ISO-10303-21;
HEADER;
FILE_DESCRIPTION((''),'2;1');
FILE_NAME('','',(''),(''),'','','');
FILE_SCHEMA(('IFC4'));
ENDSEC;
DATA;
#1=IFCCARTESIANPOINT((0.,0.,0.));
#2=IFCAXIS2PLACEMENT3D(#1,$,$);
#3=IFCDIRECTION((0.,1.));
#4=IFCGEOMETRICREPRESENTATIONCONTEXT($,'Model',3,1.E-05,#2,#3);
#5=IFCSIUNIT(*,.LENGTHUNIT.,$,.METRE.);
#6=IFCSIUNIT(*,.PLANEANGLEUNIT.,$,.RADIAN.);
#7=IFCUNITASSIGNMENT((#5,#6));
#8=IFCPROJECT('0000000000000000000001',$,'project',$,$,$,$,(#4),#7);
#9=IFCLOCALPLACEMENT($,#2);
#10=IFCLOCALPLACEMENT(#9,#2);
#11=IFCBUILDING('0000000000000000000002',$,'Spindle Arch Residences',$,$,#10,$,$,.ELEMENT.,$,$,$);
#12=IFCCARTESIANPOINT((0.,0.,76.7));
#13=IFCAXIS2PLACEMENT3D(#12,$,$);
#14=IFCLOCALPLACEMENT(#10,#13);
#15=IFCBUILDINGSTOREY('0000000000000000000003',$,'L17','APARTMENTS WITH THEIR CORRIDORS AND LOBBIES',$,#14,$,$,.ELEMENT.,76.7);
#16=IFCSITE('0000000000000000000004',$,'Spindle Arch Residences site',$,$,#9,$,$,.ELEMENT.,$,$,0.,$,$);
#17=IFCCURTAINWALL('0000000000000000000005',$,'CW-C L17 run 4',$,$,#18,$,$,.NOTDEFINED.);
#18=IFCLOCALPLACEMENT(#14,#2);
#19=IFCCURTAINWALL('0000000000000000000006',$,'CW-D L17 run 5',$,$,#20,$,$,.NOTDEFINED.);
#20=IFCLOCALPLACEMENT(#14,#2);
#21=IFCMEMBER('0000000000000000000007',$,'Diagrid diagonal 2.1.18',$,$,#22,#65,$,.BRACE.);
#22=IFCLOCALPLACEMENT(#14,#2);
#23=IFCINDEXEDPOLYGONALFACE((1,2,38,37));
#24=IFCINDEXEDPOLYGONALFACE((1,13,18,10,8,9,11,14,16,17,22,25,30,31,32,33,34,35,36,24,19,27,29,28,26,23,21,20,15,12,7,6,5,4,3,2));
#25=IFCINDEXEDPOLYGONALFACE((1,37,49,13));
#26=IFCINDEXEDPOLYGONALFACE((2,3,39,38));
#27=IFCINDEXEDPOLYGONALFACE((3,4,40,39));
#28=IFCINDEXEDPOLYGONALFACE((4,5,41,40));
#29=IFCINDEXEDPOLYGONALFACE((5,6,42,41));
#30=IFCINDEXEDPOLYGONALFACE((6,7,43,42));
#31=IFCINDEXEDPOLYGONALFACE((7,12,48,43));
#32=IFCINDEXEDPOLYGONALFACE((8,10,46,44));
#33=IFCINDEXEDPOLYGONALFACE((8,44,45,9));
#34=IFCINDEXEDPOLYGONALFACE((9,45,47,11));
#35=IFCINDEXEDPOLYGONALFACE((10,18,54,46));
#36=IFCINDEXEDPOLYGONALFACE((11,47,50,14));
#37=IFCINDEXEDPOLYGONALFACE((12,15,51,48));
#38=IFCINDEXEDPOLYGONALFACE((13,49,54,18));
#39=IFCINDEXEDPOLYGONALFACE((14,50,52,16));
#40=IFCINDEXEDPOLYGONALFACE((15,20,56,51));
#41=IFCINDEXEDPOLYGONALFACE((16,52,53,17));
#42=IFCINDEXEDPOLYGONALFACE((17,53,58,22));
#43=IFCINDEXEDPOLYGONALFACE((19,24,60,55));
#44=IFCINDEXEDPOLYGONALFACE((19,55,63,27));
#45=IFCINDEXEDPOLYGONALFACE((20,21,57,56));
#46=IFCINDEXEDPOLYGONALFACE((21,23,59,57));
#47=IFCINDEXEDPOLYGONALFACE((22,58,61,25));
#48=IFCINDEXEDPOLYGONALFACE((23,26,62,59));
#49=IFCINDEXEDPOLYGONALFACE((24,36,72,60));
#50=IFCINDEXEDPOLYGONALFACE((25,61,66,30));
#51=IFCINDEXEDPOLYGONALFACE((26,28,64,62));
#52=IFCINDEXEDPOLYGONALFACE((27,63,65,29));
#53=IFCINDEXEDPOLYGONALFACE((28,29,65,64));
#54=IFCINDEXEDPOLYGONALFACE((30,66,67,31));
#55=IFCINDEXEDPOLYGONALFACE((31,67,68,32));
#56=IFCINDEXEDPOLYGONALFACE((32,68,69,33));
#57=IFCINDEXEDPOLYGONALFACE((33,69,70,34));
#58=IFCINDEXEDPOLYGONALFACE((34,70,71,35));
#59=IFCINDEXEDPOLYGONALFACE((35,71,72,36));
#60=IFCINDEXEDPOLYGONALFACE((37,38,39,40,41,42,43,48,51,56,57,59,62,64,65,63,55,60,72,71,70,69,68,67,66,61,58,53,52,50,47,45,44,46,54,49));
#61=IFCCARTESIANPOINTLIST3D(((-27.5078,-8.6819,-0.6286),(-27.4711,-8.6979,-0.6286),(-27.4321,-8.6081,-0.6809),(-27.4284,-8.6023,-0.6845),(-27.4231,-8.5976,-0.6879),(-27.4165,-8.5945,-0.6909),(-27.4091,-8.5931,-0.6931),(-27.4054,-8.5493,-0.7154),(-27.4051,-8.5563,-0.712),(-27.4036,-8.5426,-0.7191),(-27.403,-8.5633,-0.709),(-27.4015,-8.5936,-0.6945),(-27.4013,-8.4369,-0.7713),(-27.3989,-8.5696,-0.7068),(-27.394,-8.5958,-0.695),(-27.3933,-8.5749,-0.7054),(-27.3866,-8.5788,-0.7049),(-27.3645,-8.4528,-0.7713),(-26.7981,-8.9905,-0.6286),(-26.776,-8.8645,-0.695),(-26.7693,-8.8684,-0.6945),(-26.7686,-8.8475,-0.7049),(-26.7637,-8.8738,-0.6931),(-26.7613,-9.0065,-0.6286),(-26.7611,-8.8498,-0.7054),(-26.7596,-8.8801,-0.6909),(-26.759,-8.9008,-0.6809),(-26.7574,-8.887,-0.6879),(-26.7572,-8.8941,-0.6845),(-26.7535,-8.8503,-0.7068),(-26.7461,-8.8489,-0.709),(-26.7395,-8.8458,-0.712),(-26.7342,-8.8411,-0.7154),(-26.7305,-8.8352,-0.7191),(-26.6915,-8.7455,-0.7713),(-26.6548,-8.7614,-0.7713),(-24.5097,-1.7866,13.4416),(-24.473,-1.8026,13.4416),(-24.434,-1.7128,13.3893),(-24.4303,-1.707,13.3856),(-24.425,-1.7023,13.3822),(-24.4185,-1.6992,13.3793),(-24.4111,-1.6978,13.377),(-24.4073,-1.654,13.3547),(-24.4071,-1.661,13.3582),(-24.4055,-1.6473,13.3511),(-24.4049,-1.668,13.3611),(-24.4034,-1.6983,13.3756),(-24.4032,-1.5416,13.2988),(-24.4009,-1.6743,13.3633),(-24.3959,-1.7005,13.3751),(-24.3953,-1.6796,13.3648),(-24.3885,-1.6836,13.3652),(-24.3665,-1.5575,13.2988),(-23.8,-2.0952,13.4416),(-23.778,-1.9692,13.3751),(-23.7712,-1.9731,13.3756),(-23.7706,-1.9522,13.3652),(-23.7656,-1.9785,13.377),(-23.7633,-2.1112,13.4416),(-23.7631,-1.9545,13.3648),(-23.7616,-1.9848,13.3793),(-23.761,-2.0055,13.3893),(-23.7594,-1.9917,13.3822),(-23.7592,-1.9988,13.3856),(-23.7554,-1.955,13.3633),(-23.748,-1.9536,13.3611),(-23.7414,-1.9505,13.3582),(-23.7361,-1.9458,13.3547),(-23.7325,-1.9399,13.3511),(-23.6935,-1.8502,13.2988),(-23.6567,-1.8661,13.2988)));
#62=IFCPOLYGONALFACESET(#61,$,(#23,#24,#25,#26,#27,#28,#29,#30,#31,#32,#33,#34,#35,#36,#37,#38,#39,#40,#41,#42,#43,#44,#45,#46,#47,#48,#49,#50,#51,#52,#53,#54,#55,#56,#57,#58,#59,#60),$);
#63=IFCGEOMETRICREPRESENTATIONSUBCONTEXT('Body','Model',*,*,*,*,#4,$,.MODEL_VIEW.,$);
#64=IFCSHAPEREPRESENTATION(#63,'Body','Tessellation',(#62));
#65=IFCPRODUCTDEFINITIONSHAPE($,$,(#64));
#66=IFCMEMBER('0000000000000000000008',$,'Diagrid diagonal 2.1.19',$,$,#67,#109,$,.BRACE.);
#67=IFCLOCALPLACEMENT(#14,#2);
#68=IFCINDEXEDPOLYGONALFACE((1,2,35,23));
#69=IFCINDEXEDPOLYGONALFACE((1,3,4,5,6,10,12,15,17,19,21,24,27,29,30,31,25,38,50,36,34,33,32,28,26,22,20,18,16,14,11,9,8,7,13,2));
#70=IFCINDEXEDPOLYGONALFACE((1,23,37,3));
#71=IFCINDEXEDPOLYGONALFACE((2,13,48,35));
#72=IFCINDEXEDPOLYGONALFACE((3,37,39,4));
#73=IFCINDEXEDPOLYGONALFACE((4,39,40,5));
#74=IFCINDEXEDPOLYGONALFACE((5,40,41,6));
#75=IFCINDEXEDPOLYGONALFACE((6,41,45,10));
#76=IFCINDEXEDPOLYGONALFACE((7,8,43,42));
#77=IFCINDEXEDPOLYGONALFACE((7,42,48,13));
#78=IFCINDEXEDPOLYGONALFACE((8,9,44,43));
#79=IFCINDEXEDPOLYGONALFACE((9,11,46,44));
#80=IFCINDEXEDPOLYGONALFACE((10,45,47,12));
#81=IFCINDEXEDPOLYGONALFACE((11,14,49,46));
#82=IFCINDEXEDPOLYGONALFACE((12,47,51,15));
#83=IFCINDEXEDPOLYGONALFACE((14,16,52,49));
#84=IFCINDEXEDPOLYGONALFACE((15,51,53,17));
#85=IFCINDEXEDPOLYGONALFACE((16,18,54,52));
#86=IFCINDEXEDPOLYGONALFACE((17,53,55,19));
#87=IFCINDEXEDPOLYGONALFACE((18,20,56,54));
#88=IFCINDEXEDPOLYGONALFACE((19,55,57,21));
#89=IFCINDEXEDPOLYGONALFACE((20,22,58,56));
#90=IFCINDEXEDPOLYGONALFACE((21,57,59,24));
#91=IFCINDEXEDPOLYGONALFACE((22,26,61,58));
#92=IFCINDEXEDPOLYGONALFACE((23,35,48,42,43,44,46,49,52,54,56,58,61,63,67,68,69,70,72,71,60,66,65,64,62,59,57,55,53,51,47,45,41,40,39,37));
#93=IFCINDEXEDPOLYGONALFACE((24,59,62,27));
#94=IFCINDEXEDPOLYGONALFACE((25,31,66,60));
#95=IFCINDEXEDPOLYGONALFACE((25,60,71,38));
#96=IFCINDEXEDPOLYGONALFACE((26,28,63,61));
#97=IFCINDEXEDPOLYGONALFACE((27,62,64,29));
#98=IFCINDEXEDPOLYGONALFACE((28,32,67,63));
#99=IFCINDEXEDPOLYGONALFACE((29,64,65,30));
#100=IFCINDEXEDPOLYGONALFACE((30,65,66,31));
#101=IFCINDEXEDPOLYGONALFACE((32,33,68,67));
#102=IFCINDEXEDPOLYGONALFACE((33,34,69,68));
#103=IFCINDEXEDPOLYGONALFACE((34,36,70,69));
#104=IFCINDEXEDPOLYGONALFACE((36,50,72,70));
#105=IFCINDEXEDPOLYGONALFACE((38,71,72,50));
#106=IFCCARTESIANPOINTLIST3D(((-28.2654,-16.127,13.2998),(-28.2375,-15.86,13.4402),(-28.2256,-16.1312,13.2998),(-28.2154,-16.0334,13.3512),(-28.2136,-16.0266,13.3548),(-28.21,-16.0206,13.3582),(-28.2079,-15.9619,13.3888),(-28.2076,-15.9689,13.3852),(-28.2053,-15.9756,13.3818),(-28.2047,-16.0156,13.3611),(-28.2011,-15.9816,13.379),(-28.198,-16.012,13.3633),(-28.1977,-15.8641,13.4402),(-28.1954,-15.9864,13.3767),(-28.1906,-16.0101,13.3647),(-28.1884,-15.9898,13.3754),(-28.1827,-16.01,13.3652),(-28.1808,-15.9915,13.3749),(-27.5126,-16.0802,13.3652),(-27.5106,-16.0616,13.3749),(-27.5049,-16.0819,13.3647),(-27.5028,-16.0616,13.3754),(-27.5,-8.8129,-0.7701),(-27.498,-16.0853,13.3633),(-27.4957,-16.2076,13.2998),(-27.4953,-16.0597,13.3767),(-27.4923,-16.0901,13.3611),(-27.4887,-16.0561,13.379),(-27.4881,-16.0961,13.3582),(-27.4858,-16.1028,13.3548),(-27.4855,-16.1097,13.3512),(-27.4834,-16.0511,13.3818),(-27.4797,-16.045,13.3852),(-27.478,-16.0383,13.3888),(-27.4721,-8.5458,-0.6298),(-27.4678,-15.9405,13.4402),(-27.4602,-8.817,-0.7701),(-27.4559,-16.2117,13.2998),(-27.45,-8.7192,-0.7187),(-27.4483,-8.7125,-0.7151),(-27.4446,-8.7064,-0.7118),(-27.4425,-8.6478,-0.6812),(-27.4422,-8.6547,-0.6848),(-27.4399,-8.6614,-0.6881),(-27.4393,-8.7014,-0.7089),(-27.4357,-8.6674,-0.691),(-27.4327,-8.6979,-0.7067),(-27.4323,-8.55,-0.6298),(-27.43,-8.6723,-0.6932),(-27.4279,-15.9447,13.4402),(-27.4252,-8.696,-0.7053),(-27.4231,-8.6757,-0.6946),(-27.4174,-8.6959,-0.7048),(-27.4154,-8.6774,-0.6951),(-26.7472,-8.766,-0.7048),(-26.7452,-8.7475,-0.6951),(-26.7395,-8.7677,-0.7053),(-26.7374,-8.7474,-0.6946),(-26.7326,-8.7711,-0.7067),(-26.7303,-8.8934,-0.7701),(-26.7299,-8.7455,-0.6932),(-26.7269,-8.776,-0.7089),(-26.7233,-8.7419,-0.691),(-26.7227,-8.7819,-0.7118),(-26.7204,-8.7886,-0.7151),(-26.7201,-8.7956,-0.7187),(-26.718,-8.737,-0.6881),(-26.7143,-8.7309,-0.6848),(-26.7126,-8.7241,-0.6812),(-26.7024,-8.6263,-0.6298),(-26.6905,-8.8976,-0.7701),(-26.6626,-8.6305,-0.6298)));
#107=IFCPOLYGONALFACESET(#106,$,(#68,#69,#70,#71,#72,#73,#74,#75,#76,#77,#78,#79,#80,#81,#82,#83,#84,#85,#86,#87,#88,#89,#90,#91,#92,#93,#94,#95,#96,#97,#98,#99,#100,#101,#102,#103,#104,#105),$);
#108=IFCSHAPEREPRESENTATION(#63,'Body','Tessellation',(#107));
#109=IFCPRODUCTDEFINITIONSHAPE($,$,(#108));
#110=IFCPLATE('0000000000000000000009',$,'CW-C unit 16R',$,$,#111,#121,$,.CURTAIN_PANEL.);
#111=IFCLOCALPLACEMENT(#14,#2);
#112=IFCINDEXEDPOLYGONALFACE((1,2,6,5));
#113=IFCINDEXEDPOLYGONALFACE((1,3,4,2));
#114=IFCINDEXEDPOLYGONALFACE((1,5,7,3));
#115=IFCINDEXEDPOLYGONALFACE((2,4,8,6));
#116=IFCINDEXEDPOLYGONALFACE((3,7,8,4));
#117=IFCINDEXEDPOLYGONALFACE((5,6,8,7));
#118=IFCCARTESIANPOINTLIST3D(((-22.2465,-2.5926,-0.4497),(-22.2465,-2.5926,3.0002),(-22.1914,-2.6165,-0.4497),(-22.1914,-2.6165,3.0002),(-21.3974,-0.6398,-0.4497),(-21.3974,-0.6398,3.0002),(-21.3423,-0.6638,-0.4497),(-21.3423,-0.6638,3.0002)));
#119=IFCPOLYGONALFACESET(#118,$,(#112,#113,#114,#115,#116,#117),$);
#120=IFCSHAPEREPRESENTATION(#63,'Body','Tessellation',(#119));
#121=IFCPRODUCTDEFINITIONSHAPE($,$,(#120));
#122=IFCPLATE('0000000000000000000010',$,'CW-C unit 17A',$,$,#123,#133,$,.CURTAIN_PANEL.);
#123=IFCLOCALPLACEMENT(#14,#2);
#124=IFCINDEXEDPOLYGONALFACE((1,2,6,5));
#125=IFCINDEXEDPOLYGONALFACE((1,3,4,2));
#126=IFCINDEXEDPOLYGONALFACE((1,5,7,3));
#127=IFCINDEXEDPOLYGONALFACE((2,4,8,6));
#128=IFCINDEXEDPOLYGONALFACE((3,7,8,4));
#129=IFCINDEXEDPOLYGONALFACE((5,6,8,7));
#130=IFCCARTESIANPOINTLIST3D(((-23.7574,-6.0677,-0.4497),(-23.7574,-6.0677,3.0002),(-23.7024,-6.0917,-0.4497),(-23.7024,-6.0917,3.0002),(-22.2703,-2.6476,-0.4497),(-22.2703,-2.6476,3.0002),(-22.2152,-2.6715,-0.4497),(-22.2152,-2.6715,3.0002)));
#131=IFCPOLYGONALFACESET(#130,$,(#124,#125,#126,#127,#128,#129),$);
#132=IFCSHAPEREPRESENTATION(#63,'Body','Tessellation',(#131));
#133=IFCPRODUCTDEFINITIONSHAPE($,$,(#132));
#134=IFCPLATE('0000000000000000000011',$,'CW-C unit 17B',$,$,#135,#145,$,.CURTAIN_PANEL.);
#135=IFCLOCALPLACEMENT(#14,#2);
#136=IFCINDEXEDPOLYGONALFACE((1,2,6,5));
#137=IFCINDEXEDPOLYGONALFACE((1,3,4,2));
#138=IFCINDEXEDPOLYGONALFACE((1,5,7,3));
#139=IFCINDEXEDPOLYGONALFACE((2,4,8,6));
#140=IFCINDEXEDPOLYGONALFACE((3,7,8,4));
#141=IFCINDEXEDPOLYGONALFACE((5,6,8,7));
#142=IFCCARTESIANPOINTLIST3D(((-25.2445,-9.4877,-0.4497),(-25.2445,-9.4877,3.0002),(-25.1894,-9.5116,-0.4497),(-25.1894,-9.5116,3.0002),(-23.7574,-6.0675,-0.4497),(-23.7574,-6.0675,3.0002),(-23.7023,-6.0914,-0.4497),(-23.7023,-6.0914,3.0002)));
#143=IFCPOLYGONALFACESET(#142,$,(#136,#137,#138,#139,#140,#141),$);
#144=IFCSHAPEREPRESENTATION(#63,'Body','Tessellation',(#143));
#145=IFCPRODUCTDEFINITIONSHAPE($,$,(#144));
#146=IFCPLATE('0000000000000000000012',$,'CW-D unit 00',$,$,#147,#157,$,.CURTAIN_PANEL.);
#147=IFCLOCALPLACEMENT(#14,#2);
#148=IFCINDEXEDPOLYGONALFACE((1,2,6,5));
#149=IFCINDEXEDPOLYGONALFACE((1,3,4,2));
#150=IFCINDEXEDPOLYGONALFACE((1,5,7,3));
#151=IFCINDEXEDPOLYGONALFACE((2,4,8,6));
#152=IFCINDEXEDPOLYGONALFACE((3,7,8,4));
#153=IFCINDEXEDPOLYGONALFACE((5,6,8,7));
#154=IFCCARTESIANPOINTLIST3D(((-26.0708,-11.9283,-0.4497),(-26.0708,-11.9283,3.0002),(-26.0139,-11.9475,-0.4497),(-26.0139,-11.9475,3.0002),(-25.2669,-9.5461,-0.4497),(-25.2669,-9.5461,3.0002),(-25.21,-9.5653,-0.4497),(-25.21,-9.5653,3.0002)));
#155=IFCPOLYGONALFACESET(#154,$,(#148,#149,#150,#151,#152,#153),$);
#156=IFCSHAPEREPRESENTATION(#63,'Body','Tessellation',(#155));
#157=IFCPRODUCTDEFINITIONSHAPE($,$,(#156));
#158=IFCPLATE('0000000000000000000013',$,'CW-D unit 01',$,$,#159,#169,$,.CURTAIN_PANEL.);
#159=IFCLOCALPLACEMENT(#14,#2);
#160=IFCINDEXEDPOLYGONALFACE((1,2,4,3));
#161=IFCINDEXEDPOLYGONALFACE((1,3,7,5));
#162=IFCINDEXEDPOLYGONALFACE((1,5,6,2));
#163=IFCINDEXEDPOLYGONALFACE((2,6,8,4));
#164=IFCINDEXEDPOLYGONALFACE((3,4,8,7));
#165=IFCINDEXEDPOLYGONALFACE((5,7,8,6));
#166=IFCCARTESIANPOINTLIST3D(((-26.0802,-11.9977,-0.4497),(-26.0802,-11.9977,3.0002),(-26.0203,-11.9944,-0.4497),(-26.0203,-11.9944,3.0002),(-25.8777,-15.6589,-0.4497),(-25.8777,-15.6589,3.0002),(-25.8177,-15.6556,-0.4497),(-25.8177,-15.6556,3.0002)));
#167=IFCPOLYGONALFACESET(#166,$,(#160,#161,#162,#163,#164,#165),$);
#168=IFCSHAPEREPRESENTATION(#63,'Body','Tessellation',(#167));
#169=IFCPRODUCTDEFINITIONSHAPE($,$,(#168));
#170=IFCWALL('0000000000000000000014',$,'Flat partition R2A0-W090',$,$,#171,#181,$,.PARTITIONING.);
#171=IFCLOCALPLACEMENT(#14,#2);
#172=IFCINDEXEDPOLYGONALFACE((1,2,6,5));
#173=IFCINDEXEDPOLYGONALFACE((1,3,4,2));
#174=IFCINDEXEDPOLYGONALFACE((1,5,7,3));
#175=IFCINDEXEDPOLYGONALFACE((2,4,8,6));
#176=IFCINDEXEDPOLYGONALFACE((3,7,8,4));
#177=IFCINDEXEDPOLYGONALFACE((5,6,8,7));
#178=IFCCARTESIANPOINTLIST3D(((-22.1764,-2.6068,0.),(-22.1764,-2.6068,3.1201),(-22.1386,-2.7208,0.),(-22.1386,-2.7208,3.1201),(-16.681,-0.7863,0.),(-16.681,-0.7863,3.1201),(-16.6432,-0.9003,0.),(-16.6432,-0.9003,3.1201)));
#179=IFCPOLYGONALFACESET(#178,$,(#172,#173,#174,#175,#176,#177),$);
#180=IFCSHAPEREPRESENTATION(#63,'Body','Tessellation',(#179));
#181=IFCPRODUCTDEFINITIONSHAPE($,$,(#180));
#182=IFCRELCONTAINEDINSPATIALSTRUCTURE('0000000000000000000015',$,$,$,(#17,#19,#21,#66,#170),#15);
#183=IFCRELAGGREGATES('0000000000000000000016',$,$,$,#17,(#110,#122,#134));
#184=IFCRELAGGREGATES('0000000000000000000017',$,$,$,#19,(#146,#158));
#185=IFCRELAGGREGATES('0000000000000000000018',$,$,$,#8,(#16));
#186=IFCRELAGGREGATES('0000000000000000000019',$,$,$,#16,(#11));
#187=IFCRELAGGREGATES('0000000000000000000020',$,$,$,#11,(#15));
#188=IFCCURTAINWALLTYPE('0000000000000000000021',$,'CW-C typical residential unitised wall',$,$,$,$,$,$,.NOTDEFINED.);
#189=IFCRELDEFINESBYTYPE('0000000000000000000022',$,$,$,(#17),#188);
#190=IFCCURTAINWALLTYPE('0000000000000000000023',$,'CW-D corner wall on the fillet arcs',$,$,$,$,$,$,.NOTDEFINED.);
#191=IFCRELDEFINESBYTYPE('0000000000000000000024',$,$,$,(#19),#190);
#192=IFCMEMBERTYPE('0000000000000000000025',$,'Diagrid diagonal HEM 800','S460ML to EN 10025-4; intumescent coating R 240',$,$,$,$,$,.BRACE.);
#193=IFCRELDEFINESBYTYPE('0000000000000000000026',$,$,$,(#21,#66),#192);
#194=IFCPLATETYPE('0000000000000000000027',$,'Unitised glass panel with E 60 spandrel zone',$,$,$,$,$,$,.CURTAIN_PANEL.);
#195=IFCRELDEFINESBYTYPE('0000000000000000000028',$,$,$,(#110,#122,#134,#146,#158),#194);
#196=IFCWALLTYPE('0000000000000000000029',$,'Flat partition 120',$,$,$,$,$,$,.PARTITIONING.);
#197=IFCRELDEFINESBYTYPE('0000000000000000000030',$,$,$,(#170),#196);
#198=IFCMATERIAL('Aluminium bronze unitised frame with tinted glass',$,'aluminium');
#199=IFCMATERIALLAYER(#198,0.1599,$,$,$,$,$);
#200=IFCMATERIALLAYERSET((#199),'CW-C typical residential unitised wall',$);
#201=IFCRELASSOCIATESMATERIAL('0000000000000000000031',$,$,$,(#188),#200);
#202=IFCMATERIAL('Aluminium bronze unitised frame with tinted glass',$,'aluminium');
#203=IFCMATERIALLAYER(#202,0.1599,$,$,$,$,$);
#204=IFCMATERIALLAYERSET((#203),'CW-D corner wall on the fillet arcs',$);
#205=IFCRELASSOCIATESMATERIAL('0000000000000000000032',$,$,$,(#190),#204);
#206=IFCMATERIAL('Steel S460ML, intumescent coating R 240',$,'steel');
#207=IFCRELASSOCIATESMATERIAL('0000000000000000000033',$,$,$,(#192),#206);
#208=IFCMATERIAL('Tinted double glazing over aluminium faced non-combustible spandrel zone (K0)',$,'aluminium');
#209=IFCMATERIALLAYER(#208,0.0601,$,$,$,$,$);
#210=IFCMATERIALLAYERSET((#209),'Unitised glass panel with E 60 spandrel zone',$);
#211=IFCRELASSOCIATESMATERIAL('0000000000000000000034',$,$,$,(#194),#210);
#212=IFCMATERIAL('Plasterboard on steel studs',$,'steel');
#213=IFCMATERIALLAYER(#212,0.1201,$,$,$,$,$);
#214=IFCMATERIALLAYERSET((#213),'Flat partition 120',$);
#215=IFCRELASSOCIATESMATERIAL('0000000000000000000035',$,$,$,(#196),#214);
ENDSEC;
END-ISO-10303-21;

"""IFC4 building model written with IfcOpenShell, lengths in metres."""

from ifc_helpers import new_model, si_unit, direction, frame, frame_2d, origin, origin_2d, place, context, subcontext, project, spatial, rectangle, i_section, extrude, material, layer, layer_set, material_profile, profile_set, type_object, element, aggregate, save


model = new_model("IFC4")

# Units and contexts
model_context = context("Model", 3, precision=1e-05, world=origin(), true_north=direction((0.0, 1.0)))
body_context = subcontext(model_context, "Body", "Model", "MODEL_VIEW")
ifc_project = project(units=[si_unit("LENGTHUNIT", "METRE"), si_unit("PLANEANGLEUNIT", "RADIAN")], contexts=[model_context])

# Site, building, storey
site_placement = place(None, origin())
site = spatial("IfcSite", under=ifc_project, at=site_placement, Name="Spindle Arch Residences site", CompositionType="ELEMENT", RefElevation=0.0)
building_placement = place(site_placement, origin())
building = spatial("IfcBuilding", under=site, at=building_placement, Name="Spindle Arch Residences", CompositionType="ELEMENT")
storey_placement = place(building_placement, frame((0.0, 0.0, 76.7)))
storey = spatial("IfcBuildingStorey", under=building, at=storey_placement, Name="L17", Description="APARTMENTS WITH THEIR CORRIDORS AND LOBBIES", CompositionType="ELEMENT", Elevation=76.7)

# Curtain wall
ifc_material_1 = material(Name="Aluminium bronze unitised frame with tinted glass", Category="aluminium")
ifc_layer_1 = layer(ifc_material_1, 0.1599)
ifc_layer_set_1 = layer_set([ifc_layer_1], Name="CW-C typical residential unitised wall")
curtain_wall_type_1 = type_object("IfcCurtainWallType", Name="CW-C typical residential unitised wall", PredefinedType="NOTDEFINED", material=ifc_layer_set_1)
curtain_wall_1_placement = place(storey_placement, origin())
curtain_wall_1 = element("IfcCurtainWall", 1, at=curtain_wall_1_placement, inside=storey, type_object=curtain_wall_type_1, Name="CW-C L17 run 4", PredefinedType="NOTDEFINED")

# Curtain wall
ifc_material_2 = material(Name="Aluminium bronze unitised frame with tinted glass", Category="aluminium")
ifc_layer_2 = layer(ifc_material_2, 0.1599)
ifc_layer_set_2 = layer_set([ifc_layer_2], Name="CW-D corner wall on the fillet arcs")
curtain_wall_type_2 = type_object("IfcCurtainWallType", Name="CW-D corner wall on the fillet arcs", PredefinedType="NOTDEFINED", material=ifc_layer_set_2)
curtain_wall_2_placement = place(storey_placement, origin())
curtain_wall_2 = element("IfcCurtainWall", 2, at=curtain_wall_2_placement, inside=storey, type_object=curtain_wall_type_2, Name="CW-D L17 run 5", PredefinedType="NOTDEFINED")

# Members
ifc_material_3 = material(Name="Steel S460ML, intumescent coating R 240", Category="steel")
ifc_material_profile_1 = material_profile(ifc_material_3, i_section(OverallWidth=0.303, OverallDepth=0.814, WebThickness=0.021, FlangeThickness=0.04, FilletRadius=0.03, at=origin_2d()), Name="HEM 800")
ifc_profile_set_1 = profile_set([ifc_material_profile_1], Name="Steel S460ML, intumescent coating R 240")
member_type_1 = type_object("IfcMemberType", Name="Diagrid diagonal HEM 800", Description="S460ML to EN 10025-4; intumescent coating R 240", PredefinedType="BRACE", material=ifc_profile_set_1)
member_1_placement = place(storey_placement, frame((-27.0813, -8.7217, -0.7), z_axis=(0.187929, 0.432222, 0.881967), x_axis=(-0.351674, -0.808821, 0.47131)))
element("IfcMember", 3, at=member_1_placement, inside=storey, type_object=member_type_1, Name="Diagrid diagonal 2.1.18", PredefinedType="BRACE", context=body_context, shape_type="SweptSolid", body=[
    extrude(i_section(OverallWidth=0.303, OverallDepth=0.814, WebThickness=0.021, FlangeThickness=0.04, FilletRadius=0.03, at=origin_2d()), origin(), (0.0, 0.0, 1.0), 15.9531),
])
member_2_placement = place(storey_placement, frame((-27.0813, -8.7217, -0.7), z_axis=(-0.04821, -0.460706, 0.886243), x_axis=(0.092235, 0.88143, 0.463221)))
element("IfcMember", 4, at=member_2_placement, inside=storey, type_object=member_type_1, Name="Diagrid diagonal 2.1.19", PredefinedType="BRACE", context=body_context, shape_type="SweptSolid", body=[
    extrude(i_section(OverallWidth=0.303, OverallDepth=0.814, WebThickness=0.021, FlangeThickness=0.04, FilletRadius=0.03, at=origin_2d()), origin(), (0.0, 0.0, 1.0), 15.876),
])

# Plates
ifc_material_4 = material(Name="Tinted double glazing over aluminium faced non-combustible spandrel zone (K0)", Category="aluminium")
ifc_layer_3 = layer(ifc_material_4, 0.0601)
ifc_layer_set_3 = layer_set([ifc_layer_3], Name="Unitised glass panel with E 60 spandrel zone")
plate_type = type_object("IfcPlateType", Name="Unitised glass panel with E 60 spandrel zone", PredefinedType="CURTAIN_PANEL", material=ifc_layer_set_3)
plate_1_placement = place(storey_placement, frame((-21.7944, -1.6282, -0.4497), z_axis=(0.0, 0.0, 1.0), x_axis=(-0.398749, -0.91706, 0.0)))
plate_1 = element("IfcPlate", 5, at=plate_1_placement, type_object=plate_type, Name="CW-C unit 16R", PredefinedType="CURTAIN_PANEL", context=body_context, shape_type="SweptSolid", body=[
    extrude(rectangle(XDim=2.1294, YDim=0.0601, at=origin_2d()), origin(), (0.0, 0.0, 1.0), 3.45),
])
plate_2_placement = place(storey_placement, frame((-22.9863, -4.3696, -0.4497), z_axis=(0.0, 0.0, 1.0), x_axis=(-0.398749, -0.91706, 0.0)))
plate_2 = element("IfcPlate", 6, at=plate_2_placement, type_object=plate_type, Name="CW-C unit 17A", PredefinedType="CURTAIN_PANEL", context=body_context, shape_type="SweptSolid", body=[
    extrude(rectangle(XDim=3.7295, YDim=0.0601, at=origin_2d()), origin(), (0.0, 0.0, 1.0), 3.45),
])
plate_3_placement = place(storey_placement, frame((-24.4734, -7.7896, -0.4497), z_axis=(0.0, 0.0, 1.0), x_axis=(-0.398749, -0.91706, 0.0)))
plate_3 = element("IfcPlate", 7, at=plate_3_placement, type_object=plate_type, Name="CW-C unit 17B", PredefinedType="CURTAIN_PANEL", context=body_context, shape_type="SweptSolid", body=[
    extrude(rectangle(XDim=3.7295, YDim=0.0601, at=origin_2d()), origin(), (0.0, 0.0, 1.0), 3.45),
])
aggregate(curtain_wall_1, [plate_1, plate_2, plate_3])
plate_4_placement = place(storey_placement, frame((-25.6404, -10.7468, -0.4497), z_axis=(0.0, 0.0, 1.0), x_axis=(-0.319727, -0.94751, 0.0)))
plate_4 = element("IfcPlate", 8, at=plate_4_placement, type_object=plate_type, Name="CW-D unit 00", PredefinedType="CURTAIN_PANEL", context=body_context, shape_type="SweptSolid", body=[
    extrude(rectangle(XDim=2.5142, YDim=0.0601, at=origin_2d()), origin(), (0.0, 0.0, 1.0), 3.45),
])
plate_5_placement = place(storey_placement, frame((-25.949, -13.8267, -0.4497), z_axis=(0.0, 0.0, 1.0), x_axis=(0.055241, -0.998473, 0.0)))
plate_5 = element("IfcPlate", 9, at=plate_5_placement, type_object=plate_type, Name="CW-D unit 01", PredefinedType="CURTAIN_PANEL", context=body_context, shape_type="SweptSolid", body=[
    extrude(rectangle(XDim=3.6667, YDim=0.0601, at=origin_2d()), origin(), (0.0, 0.0, 1.0), 3.45),
])
aggregate(curtain_wall_2, [plate_4, plate_5])

# Wall
ifc_material_5 = material(Name="Plasterboard on steel studs", Category="steel")
ifc_layer_4 = layer(ifc_material_5, 0.1201)
ifc_layer_set_4 = layer_set([ifc_layer_4], Name="Flat partition 120")
wall_type_1 = type_object("IfcWallType", Name="Flat partition 120", PredefinedType="PARTITIONING", material=ifc_layer_set_4)
wall_1_placement = place(storey_placement, frame((-22.1575, -2.6638, 0.0), z_axis=(0.0, 0.0, 1.0), x_axis=(0.949264, 0.314481, 0.0)))
element("IfcWall", 10, at=wall_1_placement, inside=storey, type_object=wall_type_1, Name="Flat partition R2A0-W090", PredefinedType="PARTITIONING", context=body_context, shape_type="SweptSolid", body=[
    extrude(rectangle(XDim=5.7891, YDim=0.1201, at=frame_2d((2.8945, 0.0))), origin(), (0.0, 0.0, 1.0), 3.1201),
])

save(model, "model.ifc")
